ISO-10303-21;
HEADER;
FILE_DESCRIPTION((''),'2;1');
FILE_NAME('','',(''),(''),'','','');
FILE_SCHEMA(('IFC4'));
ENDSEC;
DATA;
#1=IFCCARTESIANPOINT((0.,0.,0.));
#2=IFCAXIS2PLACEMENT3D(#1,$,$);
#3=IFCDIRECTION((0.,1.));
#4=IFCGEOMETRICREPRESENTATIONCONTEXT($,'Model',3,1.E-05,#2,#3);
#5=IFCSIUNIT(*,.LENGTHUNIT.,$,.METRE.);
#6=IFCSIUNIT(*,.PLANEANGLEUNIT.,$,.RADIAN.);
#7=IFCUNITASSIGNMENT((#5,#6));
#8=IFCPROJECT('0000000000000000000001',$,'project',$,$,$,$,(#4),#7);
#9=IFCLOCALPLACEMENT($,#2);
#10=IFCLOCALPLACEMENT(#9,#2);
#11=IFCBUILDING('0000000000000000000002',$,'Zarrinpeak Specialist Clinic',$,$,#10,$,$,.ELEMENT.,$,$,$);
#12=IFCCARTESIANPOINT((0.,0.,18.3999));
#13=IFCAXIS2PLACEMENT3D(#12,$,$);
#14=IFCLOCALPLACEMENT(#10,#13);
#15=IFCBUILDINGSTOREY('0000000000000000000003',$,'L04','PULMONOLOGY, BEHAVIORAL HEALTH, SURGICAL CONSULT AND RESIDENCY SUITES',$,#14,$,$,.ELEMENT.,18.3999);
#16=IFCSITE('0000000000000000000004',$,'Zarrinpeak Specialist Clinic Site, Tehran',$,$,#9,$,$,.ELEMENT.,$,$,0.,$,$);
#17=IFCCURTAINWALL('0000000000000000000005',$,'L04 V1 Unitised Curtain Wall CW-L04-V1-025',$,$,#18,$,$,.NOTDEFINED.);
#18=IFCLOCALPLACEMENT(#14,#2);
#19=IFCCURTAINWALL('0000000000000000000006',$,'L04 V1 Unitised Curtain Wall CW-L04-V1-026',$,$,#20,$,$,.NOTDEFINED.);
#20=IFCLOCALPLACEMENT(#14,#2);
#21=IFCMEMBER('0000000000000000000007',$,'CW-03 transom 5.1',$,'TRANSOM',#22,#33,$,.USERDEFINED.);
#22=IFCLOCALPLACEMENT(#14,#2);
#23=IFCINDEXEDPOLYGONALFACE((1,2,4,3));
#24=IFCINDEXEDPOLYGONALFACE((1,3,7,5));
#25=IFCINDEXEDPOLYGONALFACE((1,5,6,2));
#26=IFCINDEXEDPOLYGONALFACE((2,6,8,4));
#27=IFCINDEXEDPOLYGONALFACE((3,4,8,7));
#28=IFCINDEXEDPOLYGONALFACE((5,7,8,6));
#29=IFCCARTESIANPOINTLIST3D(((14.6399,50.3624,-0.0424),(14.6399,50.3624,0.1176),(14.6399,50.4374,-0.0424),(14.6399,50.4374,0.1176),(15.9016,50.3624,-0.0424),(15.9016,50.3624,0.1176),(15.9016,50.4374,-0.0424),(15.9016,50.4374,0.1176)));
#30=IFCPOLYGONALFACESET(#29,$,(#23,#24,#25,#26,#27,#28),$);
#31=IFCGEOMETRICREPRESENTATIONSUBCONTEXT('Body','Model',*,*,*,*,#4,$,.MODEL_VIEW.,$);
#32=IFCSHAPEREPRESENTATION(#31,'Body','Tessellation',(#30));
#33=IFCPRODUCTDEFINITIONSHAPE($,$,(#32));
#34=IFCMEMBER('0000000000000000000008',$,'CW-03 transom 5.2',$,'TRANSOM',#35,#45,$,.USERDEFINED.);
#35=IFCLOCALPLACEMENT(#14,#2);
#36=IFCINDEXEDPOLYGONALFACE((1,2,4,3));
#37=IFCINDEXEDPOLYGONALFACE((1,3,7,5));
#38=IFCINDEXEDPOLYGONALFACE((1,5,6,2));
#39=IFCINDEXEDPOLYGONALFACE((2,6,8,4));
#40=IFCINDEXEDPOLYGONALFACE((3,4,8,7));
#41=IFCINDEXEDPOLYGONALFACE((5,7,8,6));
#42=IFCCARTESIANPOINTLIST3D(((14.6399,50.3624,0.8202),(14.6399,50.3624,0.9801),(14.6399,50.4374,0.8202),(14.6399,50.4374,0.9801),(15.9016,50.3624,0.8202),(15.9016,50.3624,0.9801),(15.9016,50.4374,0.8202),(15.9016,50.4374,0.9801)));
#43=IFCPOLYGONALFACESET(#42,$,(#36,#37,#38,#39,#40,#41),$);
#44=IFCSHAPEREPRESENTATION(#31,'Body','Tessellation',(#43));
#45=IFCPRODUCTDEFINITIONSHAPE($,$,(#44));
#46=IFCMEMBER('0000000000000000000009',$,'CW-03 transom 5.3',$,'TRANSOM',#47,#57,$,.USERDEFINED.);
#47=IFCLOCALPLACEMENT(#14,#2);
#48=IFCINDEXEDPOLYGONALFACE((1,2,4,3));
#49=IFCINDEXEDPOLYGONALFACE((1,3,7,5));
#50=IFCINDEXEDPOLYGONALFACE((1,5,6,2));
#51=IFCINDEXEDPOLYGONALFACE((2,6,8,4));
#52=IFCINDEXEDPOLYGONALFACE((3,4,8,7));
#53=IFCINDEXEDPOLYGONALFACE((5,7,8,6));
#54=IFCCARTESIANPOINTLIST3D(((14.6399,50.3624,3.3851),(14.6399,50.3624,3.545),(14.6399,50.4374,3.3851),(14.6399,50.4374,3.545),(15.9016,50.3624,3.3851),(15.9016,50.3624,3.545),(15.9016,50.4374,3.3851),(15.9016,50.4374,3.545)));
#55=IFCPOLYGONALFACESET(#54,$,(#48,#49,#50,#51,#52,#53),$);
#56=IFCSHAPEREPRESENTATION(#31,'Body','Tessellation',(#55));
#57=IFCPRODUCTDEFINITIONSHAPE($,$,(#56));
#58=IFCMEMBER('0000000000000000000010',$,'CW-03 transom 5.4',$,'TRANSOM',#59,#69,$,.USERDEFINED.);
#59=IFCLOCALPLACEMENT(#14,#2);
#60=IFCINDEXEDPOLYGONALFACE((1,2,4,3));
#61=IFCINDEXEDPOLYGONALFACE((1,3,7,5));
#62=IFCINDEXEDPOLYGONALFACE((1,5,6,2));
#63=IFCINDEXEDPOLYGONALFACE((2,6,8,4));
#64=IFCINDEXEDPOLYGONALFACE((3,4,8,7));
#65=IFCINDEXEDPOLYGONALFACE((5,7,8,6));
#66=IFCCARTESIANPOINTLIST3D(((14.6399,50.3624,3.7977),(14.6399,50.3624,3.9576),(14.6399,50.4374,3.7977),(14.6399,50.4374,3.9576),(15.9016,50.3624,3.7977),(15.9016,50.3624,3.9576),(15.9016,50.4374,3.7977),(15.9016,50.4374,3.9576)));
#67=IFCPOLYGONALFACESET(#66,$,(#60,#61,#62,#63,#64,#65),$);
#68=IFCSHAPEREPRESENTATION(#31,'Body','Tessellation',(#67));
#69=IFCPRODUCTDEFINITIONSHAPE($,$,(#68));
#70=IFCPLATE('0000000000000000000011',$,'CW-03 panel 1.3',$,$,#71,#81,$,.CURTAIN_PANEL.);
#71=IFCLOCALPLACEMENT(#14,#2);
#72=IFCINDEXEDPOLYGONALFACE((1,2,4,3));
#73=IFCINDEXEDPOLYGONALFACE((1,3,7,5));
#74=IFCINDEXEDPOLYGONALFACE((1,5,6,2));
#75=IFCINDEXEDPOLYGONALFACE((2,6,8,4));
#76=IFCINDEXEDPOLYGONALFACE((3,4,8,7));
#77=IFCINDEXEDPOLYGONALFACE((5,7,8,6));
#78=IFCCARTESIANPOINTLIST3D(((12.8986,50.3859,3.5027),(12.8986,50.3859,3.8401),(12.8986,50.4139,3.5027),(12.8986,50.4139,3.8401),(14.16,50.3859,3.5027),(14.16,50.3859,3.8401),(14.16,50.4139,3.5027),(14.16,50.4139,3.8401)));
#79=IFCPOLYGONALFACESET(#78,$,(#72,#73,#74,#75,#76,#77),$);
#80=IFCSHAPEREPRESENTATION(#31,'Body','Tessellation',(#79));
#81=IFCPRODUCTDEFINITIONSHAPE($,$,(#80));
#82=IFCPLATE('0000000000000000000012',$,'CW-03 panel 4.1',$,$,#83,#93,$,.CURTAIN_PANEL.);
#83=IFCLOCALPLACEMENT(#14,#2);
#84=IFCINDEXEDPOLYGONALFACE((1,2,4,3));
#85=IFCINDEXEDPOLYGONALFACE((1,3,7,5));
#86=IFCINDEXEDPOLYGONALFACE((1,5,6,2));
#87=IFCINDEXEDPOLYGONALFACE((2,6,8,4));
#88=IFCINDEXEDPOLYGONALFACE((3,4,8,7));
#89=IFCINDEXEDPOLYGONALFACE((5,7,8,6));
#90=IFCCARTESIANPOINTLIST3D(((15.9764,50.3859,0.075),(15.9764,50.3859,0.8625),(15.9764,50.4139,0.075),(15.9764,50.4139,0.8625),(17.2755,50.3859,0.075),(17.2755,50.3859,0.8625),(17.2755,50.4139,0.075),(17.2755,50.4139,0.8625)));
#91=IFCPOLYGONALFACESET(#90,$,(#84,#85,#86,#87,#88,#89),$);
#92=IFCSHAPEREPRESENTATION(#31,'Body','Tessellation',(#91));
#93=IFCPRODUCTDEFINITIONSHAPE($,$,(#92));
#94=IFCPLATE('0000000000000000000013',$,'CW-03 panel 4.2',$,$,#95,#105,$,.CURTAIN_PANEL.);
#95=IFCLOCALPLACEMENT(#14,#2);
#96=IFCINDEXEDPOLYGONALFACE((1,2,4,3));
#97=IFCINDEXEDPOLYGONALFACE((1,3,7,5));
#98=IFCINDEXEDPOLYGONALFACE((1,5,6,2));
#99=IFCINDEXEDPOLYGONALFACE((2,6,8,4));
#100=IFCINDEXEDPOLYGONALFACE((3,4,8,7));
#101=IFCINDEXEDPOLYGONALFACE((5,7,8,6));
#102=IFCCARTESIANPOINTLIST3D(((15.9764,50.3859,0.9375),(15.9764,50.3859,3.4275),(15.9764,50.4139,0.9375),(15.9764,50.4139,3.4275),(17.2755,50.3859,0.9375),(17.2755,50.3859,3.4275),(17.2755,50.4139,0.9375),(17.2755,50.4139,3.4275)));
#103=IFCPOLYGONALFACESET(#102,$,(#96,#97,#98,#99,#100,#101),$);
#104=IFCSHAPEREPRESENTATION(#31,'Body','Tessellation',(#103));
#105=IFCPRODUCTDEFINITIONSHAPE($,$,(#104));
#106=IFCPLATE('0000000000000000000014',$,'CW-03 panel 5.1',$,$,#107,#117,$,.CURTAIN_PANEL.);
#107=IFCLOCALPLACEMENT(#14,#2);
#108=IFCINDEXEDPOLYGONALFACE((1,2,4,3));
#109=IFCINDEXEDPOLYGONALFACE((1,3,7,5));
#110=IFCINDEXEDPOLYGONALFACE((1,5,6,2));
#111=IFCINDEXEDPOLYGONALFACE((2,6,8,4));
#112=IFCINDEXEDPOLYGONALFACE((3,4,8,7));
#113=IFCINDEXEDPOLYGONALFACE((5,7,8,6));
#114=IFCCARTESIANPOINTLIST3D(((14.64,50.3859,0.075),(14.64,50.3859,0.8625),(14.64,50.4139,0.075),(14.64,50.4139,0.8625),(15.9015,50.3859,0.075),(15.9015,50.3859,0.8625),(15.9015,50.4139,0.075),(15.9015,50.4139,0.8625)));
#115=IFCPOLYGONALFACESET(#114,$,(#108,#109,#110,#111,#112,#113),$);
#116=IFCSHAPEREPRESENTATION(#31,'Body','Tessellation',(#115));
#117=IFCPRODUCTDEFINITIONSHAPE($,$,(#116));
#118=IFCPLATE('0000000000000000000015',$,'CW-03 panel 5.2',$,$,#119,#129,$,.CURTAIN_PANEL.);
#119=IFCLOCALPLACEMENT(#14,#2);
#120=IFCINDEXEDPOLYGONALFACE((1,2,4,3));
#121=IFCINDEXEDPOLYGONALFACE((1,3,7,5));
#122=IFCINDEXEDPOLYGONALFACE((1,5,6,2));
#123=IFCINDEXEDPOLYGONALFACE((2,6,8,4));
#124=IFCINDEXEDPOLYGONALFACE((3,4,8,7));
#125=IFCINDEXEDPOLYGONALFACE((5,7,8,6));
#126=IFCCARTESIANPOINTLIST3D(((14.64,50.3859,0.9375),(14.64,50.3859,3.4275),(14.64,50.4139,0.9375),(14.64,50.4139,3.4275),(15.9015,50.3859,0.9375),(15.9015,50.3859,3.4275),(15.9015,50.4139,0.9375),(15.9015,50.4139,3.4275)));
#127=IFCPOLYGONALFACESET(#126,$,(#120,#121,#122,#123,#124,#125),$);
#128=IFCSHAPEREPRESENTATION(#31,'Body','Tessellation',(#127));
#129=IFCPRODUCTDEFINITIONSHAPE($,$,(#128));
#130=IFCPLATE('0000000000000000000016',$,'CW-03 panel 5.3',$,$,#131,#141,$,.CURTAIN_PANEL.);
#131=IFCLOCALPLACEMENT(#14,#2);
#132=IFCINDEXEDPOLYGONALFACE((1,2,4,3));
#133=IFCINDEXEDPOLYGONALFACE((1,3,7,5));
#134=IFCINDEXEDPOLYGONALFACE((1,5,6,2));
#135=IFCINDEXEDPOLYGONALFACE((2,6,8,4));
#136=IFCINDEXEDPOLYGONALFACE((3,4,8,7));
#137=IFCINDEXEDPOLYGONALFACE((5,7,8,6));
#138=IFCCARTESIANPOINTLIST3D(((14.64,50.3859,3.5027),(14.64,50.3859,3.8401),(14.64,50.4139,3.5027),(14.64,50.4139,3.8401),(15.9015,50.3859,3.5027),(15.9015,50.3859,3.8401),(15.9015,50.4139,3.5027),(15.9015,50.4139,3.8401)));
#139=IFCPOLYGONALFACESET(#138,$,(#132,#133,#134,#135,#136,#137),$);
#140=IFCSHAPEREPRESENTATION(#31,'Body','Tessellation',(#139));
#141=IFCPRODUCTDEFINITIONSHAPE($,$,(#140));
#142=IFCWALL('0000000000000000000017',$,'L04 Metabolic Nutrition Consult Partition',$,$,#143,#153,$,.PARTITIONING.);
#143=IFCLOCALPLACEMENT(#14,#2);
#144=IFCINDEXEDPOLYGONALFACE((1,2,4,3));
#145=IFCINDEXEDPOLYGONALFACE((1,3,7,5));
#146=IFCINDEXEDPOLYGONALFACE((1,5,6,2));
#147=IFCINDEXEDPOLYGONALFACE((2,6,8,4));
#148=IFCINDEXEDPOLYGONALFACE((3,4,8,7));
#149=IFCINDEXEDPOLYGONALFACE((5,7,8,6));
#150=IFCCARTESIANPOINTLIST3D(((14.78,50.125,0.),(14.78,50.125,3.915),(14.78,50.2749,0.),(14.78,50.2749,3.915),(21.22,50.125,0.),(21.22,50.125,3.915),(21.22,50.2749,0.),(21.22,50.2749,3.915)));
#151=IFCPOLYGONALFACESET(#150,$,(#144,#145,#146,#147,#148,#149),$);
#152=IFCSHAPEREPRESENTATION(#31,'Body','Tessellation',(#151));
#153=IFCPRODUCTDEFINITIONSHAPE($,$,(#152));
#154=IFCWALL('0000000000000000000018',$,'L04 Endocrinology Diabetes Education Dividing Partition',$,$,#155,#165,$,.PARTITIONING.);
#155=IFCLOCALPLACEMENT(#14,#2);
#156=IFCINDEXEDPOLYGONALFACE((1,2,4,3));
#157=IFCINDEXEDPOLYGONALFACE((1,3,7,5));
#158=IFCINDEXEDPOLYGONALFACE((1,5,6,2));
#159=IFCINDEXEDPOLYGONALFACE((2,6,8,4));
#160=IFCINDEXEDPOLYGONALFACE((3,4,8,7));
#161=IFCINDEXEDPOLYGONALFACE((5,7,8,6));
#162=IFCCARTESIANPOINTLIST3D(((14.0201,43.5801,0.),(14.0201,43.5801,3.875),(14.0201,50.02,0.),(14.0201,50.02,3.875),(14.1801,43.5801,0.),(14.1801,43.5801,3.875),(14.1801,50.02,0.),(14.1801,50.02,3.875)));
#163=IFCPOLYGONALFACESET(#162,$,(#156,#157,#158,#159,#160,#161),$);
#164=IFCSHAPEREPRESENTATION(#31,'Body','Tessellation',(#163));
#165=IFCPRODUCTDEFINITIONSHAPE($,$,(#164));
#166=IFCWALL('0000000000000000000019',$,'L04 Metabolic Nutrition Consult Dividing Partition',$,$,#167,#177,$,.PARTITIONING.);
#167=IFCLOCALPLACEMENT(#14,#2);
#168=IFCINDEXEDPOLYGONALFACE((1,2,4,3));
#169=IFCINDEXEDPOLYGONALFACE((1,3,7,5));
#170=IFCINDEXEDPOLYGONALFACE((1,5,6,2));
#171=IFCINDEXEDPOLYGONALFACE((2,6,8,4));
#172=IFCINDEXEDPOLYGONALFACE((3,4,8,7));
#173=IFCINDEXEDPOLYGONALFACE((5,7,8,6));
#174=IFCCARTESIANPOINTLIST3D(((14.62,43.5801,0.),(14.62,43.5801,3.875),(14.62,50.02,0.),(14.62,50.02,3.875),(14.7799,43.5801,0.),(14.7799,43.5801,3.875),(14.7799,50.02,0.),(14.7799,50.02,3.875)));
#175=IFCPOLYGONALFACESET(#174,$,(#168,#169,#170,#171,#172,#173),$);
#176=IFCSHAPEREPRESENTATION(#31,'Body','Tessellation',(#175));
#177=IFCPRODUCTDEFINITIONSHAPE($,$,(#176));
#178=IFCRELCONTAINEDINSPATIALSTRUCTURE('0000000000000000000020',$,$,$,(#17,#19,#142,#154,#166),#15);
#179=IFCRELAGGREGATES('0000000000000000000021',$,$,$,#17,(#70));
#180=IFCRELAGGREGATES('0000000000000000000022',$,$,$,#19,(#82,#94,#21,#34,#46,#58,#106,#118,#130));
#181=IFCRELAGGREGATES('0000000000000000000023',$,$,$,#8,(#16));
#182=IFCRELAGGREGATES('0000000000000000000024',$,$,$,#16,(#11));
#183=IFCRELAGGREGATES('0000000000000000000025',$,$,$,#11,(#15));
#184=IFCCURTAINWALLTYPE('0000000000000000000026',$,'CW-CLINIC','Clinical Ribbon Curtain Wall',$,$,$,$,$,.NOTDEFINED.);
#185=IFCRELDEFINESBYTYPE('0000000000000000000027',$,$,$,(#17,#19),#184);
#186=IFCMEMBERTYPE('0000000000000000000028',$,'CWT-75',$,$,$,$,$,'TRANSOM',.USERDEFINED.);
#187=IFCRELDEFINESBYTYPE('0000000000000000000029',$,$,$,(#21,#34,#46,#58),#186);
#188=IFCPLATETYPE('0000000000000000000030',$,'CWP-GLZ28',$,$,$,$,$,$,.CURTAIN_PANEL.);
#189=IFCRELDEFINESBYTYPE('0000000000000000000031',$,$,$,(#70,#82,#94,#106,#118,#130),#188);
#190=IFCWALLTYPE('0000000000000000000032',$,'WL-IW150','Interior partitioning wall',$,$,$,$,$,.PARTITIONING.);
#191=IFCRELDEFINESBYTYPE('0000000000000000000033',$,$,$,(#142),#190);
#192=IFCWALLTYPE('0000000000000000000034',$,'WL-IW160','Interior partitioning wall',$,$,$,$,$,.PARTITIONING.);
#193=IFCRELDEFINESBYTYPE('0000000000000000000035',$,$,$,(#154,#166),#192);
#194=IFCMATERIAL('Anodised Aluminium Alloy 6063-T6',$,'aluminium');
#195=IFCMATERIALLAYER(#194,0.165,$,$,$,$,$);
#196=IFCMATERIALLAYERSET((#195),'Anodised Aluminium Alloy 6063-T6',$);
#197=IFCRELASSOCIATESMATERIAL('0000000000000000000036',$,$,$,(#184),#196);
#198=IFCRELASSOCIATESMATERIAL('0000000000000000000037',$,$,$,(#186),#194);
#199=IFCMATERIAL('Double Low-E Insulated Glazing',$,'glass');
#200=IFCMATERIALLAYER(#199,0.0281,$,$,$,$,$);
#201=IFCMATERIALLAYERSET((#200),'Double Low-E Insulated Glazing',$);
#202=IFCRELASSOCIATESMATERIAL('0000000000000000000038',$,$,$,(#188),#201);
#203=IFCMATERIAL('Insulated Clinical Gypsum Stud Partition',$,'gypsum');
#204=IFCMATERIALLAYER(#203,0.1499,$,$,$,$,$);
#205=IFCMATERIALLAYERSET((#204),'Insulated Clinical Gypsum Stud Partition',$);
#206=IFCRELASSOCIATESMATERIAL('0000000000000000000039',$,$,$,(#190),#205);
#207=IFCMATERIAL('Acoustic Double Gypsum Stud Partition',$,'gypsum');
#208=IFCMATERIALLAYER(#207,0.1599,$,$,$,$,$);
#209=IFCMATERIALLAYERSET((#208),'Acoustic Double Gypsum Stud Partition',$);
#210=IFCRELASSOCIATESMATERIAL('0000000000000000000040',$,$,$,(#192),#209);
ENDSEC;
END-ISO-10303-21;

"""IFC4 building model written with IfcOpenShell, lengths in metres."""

from ifc_helpers import new_model, si_unit, direction, frame, frame_2d, origin, origin_2d, place, context, subcontext, project, spatial, rectangle, extrude, material, layer, layer_set, material_profile, profile_set, type_object, element, aggregate, save


model = new_model("IFC4")

# Units and contexts
model_context = context("Model", 3, precision=1e-05, world=origin(), true_north=direction((0.0, 1.0)))
body_context = subcontext(model_context, "Body", "Model", "MODEL_VIEW")
ifc_project = project(units=[si_unit("LENGTHUNIT", "METRE"), si_unit("PLANEANGLEUNIT", "RADIAN")], contexts=[model_context])

# Site, building, storey
site_placement = place(None, origin())
site = spatial("IfcSite", under=ifc_project, at=site_placement, Name="Zarrinpeak Specialist Clinic Site, Tehran", CompositionType="ELEMENT", RefElevation=0.0)
building_placement = place(site_placement, origin())
building = spatial("IfcBuilding", under=site, at=building_placement, Name="Zarrinpeak Specialist Clinic", CompositionType="ELEMENT")
storey_placement = place(building_placement, frame((0.0, 0.0, 18.3999)))
storey = spatial("IfcBuildingStorey", under=building, at=storey_placement, Name="L04", Description="PULMONOLOGY, BEHAVIORAL HEALTH, SURGICAL CONSULT AND RESIDENCY SUITES", CompositionType="ELEMENT", Elevation=18.3999)

# Curtain wall
ifc_material_1 = material(Name="Anodised Aluminium Alloy 6063-T6", Category="aluminium")
ifc_layer_1 = layer(ifc_material_1, 0.165)
ifc_layer_set_1 = layer_set([ifc_layer_1], Name="Anodised Aluminium Alloy 6063-T6")
curtain_wall_type = type_object("IfcCurtainWallType", Name="CW-CLINIC", Description="Clinical Ribbon Curtain Wall", PredefinedType="NOTDEFINED", material=ifc_layer_set_1)
curtain_wall_1_placement = place(storey_placement, origin())
curtain_wall_1 = element("IfcCurtainWall", 1, at=curtain_wall_1_placement, inside=storey, type_object=curtain_wall_type, Name="L04 V1 Unitised Curtain Wall CW-L04-V1-025", PredefinedType="NOTDEFINED")

# Curtain wall
curtain_wall_2_placement = place(storey_placement, origin())
curtain_wall_2 = element("IfcCurtainWall", 2, at=curtain_wall_2_placement, inside=storey, type_object=curtain_wall_type, Name="L04 V1 Unitised Curtain Wall CW-L04-V1-026", PredefinedType="NOTDEFINED")

# Members
ifc_material_profile_1 = material_profile(ifc_material_1, rectangle(XDim=0.075, YDim=0.1599, at=origin_2d()), Name="ALU 75x160")
ifc_profile_set_1 = profile_set([ifc_material_profile_1], Name="Anodised Aluminium Alloy 6063-T6")
member_type_1 = type_object("IfcMemberType", Name="CWT-75", ElementType="TRANSOM", PredefinedType="USERDEFINED", material=ifc_profile_set_1)
member_1_placement = place(storey_placement, frame((15.9016, 50.3999, 0.0376), z_axis=(-1.0, 0.0, 0.0), x_axis=(0.0, -1.0, 0.0)))
member_1 = element("IfcMember", 3, at=member_1_placement, type_object=member_type_1, Name="CW-03 transom 5.1", ObjectType="TRANSOM", PredefinedType="USERDEFINED", context=body_context, shape_type="SweptSolid", body=[
    extrude(rectangle(XDim=0.075, YDim=0.1599, at=origin_2d()), origin(), (0.0, 0.0, 1.0), 1.2617),
])
member_2_placement = place(storey_placement, frame((15.9016, 50.3999, 0.9001), z_axis=(-1.0, 0.0, 0.0), x_axis=(0.0, -1.0, 0.0)))
member_2 = element("IfcMember", 4, at=member_2_placement, type_object=member_type_1, Name="CW-03 transom 5.2", ObjectType="TRANSOM", PredefinedType="USERDEFINED", context=body_context, shape_type="SweptSolid", body=[
    extrude(rectangle(XDim=0.075, YDim=0.1599, at=origin_2d()), origin(), (0.0, 0.0, 1.0), 1.2617),
])
member_3_placement = place(storey_placement, frame((15.9016, 50.3999, 3.4651), z_axis=(-1.0, 0.0, 0.0), x_axis=(0.0, -1.0, 0.0)))
member_3 = element("IfcMember", 5, at=member_3_placement, type_object=member_type_1, Name="CW-03 transom 5.3", ObjectType="TRANSOM", PredefinedType="USERDEFINED", context=body_context, shape_type="SweptSolid", body=[
    extrude(rectangle(XDim=0.075, YDim=0.1599, at=origin_2d()), origin(), (0.0, 0.0, 1.0), 1.2617),
])
member_4_placement = place(storey_placement, frame((15.9016, 50.3999, 3.8777), z_axis=(-1.0, 0.0, 0.0), x_axis=(0.0, -1.0, 0.0)))
member_4 = element("IfcMember", 6, at=member_4_placement, type_object=member_type_1, Name="CW-03 transom 5.4", ObjectType="TRANSOM", PredefinedType="USERDEFINED", context=body_context, shape_type="SweptSolid", body=[
    extrude(rectangle(XDim=0.075, YDim=0.1599, at=origin_2d()), origin(), (0.0, 0.0, 1.0), 1.2617),
])

# Plates
ifc_material_2 = material(Name="Double Low-E Insulated Glazing", Category="glass")
ifc_layer_2 = layer(ifc_material_2, 0.0281)
ifc_layer_set_2 = layer_set([ifc_layer_2], Name="Double Low-E Insulated Glazing")
plate_type = type_object("IfcPlateType", Name="CWP-GLZ28", PredefinedType="CURTAIN_PANEL", material=ifc_layer_set_2)
plate_1_placement = place(storey_placement, frame((13.5293, 50.3999, 3.5027), z_axis=(0.0, 0.0, 1.0), x_axis=(-1.0, 0.0, 0.0)))
plate_1 = element("IfcPlate", 7, at=plate_1_placement, type_object=plate_type, Name="CW-03 panel 1.3", PredefinedType="CURTAIN_PANEL", context=body_context, shape_type="SweptSolid", body=[
    extrude(rectangle(XDim=1.2615, YDim=0.0281, at=origin_2d()), origin(), (0.0, 0.0, 1.0), 0.3374),
])
aggregate(curtain_wall_1, [plate_1])
plate_2_placement = place(storey_placement, frame((16.626, 50.3999, 0.075), z_axis=(0.0, 0.0, 1.0), x_axis=(-1.0, 0.0, 0.0)))
plate_2 = element("IfcPlate", 8, at=plate_2_placement, type_object=plate_type, Name="CW-03 panel 4.1", PredefinedType="CURTAIN_PANEL", context=body_context, shape_type="SweptSolid", body=[
    extrude(rectangle(XDim=1.2991, YDim=0.0281, at=origin_2d()), origin(), (0.0, 0.0, 1.0), 0.7876),
])
plate_3_placement = place(storey_placement, frame((16.626, 50.3999, 0.9375), z_axis=(0.0, 0.0, 1.0), x_axis=(-1.0, 0.0, 0.0)))
plate_3 = element("IfcPlate", 9, at=plate_3_placement, type_object=plate_type, Name="CW-03 panel 4.2", PredefinedType="CURTAIN_PANEL", context=body_context, shape_type="SweptSolid", body=[
    extrude(rectangle(XDim=1.2991, YDim=0.0281, at=origin_2d()), origin(), (0.0, 0.0, 1.0), 2.49),
])
plate_4_placement = place(storey_placement, frame((15.2708, 50.3999, 0.075), z_axis=(0.0, 0.0, 1.0), x_axis=(-1.0, 0.0, 0.0)))
plate_4 = element("IfcPlate", 10, at=plate_4_placement, type_object=plate_type, Name="CW-03 panel 5.1", PredefinedType="CURTAIN_PANEL", context=body_context, shape_type="SweptSolid", body=[
    extrude(rectangle(XDim=1.2615, YDim=0.0281, at=origin_2d()), origin(), (0.0, 0.0, 1.0), 0.7876),
])
plate_5_placement = place(storey_placement, frame((15.2708, 50.3999, 0.9375), z_axis=(0.0, 0.0, 1.0), x_axis=(-1.0, 0.0, 0.0)))
plate_5 = element("IfcPlate", 11, at=plate_5_placement, type_object=plate_type, Name="CW-03 panel 5.2", PredefinedType="CURTAIN_PANEL", context=body_context, shape_type="SweptSolid", body=[
    extrude(rectangle(XDim=1.2615, YDim=0.0281, at=origin_2d()), origin(), (0.0, 0.0, 1.0), 2.49),
])
plate_6_placement = place(storey_placement, frame((15.2708, 50.3999, 3.5027), z_axis=(0.0, 0.0, 1.0), x_axis=(-1.0, 0.0, 0.0)))
plate_6 = element("IfcPlate", 12, at=plate_6_placement, type_object=plate_type, Name="CW-03 panel 5.3", PredefinedType="CURTAIN_PANEL", context=body_context, shape_type="SweptSolid", body=[
    extrude(rectangle(XDim=1.2615, YDim=0.0281, at=origin_2d()), origin(), (0.0, 0.0, 1.0), 0.3374),
])
aggregate(curtain_wall_2, [plate_2, plate_3, member_1, member_2, member_3, member_4, plate_4, plate_5, plate_6])

# Walls
ifc_material_3 = material(Name="Insulated Clinical Gypsum Stud Partition", Category="gypsum")
ifc_layer_3 = layer(ifc_material_3, 0.1499)
ifc_layer_set_3 = layer_set([ifc_layer_3], Name="Insulated Clinical Gypsum Stud Partition")
wall_type_1 = type_object("IfcWallType", Name="WL-IW150", Description="Interior partitioning wall", PredefinedType="PARTITIONING", material=ifc_layer_set_3)
wall_placement = place(storey_placement, frame((14.78, 50.2, 0.0), z_axis=(0.0, 0.0, 1.0), x_axis=(1.0, 0.0, 0.0)))
element("IfcWall", 13, at=wall_placement, inside=storey, type_object=wall_type_1, Name="L04 Metabolic Nutrition Consult Partition", PredefinedType="PARTITIONING", context=body_context, shape_type="SweptSolid", body=[
    extrude(rectangle(XDim=6.4399, YDim=0.1499, at=frame_2d((3.22, 0.0))), origin(), (0.0, 0.0, 1.0), 3.915),
])
ifc_material_4 = material(Name="Acoustic Double Gypsum Stud Partition", Category="gypsum")
ifc_layer_4 = layer(ifc_material_4, 0.1599)
ifc_layer_set_4 = layer_set([ifc_layer_4], Name="Acoustic Double Gypsum Stud Partition")
wall_type_2 = type_object("IfcWallType", Name="WL-IW160", Description="Interior partitioning wall", PredefinedType="PARTITIONING", material=ifc_layer_set_4)
for number, where, z_axis, x_axis, name in (
    (14, (14.1001, 43.5801, 0.0), (0.0, 0.0, 1.0), (0.0, 1.0, 0.0), "L04 Endocrinology Diabetes Education Dividing Partition"),
    (15, (14.7, 43.5801, 0.0), (0.0, 0.0, 1.0), (0.0, 1.0, 0.0), "L04 Metabolic Nutrition Consult Dividing Partition"),
):
    element("IfcWall", number, at=place(storey_placement, frame(where, z_axis=z_axis, x_axis=x_axis)), inside=storey, type_object=wall_type_2, Name=name, PredefinedType="PARTITIONING", context=body_context, shape_type="SweptSolid", body=[
        extrude(rectangle(XDim=6.4399, YDim=0.1599, at=frame_2d((3.22, 0.0))), origin(), (0.0, 0.0, 1.0), 3.875),
    ])

save(model, "model.ifc")
